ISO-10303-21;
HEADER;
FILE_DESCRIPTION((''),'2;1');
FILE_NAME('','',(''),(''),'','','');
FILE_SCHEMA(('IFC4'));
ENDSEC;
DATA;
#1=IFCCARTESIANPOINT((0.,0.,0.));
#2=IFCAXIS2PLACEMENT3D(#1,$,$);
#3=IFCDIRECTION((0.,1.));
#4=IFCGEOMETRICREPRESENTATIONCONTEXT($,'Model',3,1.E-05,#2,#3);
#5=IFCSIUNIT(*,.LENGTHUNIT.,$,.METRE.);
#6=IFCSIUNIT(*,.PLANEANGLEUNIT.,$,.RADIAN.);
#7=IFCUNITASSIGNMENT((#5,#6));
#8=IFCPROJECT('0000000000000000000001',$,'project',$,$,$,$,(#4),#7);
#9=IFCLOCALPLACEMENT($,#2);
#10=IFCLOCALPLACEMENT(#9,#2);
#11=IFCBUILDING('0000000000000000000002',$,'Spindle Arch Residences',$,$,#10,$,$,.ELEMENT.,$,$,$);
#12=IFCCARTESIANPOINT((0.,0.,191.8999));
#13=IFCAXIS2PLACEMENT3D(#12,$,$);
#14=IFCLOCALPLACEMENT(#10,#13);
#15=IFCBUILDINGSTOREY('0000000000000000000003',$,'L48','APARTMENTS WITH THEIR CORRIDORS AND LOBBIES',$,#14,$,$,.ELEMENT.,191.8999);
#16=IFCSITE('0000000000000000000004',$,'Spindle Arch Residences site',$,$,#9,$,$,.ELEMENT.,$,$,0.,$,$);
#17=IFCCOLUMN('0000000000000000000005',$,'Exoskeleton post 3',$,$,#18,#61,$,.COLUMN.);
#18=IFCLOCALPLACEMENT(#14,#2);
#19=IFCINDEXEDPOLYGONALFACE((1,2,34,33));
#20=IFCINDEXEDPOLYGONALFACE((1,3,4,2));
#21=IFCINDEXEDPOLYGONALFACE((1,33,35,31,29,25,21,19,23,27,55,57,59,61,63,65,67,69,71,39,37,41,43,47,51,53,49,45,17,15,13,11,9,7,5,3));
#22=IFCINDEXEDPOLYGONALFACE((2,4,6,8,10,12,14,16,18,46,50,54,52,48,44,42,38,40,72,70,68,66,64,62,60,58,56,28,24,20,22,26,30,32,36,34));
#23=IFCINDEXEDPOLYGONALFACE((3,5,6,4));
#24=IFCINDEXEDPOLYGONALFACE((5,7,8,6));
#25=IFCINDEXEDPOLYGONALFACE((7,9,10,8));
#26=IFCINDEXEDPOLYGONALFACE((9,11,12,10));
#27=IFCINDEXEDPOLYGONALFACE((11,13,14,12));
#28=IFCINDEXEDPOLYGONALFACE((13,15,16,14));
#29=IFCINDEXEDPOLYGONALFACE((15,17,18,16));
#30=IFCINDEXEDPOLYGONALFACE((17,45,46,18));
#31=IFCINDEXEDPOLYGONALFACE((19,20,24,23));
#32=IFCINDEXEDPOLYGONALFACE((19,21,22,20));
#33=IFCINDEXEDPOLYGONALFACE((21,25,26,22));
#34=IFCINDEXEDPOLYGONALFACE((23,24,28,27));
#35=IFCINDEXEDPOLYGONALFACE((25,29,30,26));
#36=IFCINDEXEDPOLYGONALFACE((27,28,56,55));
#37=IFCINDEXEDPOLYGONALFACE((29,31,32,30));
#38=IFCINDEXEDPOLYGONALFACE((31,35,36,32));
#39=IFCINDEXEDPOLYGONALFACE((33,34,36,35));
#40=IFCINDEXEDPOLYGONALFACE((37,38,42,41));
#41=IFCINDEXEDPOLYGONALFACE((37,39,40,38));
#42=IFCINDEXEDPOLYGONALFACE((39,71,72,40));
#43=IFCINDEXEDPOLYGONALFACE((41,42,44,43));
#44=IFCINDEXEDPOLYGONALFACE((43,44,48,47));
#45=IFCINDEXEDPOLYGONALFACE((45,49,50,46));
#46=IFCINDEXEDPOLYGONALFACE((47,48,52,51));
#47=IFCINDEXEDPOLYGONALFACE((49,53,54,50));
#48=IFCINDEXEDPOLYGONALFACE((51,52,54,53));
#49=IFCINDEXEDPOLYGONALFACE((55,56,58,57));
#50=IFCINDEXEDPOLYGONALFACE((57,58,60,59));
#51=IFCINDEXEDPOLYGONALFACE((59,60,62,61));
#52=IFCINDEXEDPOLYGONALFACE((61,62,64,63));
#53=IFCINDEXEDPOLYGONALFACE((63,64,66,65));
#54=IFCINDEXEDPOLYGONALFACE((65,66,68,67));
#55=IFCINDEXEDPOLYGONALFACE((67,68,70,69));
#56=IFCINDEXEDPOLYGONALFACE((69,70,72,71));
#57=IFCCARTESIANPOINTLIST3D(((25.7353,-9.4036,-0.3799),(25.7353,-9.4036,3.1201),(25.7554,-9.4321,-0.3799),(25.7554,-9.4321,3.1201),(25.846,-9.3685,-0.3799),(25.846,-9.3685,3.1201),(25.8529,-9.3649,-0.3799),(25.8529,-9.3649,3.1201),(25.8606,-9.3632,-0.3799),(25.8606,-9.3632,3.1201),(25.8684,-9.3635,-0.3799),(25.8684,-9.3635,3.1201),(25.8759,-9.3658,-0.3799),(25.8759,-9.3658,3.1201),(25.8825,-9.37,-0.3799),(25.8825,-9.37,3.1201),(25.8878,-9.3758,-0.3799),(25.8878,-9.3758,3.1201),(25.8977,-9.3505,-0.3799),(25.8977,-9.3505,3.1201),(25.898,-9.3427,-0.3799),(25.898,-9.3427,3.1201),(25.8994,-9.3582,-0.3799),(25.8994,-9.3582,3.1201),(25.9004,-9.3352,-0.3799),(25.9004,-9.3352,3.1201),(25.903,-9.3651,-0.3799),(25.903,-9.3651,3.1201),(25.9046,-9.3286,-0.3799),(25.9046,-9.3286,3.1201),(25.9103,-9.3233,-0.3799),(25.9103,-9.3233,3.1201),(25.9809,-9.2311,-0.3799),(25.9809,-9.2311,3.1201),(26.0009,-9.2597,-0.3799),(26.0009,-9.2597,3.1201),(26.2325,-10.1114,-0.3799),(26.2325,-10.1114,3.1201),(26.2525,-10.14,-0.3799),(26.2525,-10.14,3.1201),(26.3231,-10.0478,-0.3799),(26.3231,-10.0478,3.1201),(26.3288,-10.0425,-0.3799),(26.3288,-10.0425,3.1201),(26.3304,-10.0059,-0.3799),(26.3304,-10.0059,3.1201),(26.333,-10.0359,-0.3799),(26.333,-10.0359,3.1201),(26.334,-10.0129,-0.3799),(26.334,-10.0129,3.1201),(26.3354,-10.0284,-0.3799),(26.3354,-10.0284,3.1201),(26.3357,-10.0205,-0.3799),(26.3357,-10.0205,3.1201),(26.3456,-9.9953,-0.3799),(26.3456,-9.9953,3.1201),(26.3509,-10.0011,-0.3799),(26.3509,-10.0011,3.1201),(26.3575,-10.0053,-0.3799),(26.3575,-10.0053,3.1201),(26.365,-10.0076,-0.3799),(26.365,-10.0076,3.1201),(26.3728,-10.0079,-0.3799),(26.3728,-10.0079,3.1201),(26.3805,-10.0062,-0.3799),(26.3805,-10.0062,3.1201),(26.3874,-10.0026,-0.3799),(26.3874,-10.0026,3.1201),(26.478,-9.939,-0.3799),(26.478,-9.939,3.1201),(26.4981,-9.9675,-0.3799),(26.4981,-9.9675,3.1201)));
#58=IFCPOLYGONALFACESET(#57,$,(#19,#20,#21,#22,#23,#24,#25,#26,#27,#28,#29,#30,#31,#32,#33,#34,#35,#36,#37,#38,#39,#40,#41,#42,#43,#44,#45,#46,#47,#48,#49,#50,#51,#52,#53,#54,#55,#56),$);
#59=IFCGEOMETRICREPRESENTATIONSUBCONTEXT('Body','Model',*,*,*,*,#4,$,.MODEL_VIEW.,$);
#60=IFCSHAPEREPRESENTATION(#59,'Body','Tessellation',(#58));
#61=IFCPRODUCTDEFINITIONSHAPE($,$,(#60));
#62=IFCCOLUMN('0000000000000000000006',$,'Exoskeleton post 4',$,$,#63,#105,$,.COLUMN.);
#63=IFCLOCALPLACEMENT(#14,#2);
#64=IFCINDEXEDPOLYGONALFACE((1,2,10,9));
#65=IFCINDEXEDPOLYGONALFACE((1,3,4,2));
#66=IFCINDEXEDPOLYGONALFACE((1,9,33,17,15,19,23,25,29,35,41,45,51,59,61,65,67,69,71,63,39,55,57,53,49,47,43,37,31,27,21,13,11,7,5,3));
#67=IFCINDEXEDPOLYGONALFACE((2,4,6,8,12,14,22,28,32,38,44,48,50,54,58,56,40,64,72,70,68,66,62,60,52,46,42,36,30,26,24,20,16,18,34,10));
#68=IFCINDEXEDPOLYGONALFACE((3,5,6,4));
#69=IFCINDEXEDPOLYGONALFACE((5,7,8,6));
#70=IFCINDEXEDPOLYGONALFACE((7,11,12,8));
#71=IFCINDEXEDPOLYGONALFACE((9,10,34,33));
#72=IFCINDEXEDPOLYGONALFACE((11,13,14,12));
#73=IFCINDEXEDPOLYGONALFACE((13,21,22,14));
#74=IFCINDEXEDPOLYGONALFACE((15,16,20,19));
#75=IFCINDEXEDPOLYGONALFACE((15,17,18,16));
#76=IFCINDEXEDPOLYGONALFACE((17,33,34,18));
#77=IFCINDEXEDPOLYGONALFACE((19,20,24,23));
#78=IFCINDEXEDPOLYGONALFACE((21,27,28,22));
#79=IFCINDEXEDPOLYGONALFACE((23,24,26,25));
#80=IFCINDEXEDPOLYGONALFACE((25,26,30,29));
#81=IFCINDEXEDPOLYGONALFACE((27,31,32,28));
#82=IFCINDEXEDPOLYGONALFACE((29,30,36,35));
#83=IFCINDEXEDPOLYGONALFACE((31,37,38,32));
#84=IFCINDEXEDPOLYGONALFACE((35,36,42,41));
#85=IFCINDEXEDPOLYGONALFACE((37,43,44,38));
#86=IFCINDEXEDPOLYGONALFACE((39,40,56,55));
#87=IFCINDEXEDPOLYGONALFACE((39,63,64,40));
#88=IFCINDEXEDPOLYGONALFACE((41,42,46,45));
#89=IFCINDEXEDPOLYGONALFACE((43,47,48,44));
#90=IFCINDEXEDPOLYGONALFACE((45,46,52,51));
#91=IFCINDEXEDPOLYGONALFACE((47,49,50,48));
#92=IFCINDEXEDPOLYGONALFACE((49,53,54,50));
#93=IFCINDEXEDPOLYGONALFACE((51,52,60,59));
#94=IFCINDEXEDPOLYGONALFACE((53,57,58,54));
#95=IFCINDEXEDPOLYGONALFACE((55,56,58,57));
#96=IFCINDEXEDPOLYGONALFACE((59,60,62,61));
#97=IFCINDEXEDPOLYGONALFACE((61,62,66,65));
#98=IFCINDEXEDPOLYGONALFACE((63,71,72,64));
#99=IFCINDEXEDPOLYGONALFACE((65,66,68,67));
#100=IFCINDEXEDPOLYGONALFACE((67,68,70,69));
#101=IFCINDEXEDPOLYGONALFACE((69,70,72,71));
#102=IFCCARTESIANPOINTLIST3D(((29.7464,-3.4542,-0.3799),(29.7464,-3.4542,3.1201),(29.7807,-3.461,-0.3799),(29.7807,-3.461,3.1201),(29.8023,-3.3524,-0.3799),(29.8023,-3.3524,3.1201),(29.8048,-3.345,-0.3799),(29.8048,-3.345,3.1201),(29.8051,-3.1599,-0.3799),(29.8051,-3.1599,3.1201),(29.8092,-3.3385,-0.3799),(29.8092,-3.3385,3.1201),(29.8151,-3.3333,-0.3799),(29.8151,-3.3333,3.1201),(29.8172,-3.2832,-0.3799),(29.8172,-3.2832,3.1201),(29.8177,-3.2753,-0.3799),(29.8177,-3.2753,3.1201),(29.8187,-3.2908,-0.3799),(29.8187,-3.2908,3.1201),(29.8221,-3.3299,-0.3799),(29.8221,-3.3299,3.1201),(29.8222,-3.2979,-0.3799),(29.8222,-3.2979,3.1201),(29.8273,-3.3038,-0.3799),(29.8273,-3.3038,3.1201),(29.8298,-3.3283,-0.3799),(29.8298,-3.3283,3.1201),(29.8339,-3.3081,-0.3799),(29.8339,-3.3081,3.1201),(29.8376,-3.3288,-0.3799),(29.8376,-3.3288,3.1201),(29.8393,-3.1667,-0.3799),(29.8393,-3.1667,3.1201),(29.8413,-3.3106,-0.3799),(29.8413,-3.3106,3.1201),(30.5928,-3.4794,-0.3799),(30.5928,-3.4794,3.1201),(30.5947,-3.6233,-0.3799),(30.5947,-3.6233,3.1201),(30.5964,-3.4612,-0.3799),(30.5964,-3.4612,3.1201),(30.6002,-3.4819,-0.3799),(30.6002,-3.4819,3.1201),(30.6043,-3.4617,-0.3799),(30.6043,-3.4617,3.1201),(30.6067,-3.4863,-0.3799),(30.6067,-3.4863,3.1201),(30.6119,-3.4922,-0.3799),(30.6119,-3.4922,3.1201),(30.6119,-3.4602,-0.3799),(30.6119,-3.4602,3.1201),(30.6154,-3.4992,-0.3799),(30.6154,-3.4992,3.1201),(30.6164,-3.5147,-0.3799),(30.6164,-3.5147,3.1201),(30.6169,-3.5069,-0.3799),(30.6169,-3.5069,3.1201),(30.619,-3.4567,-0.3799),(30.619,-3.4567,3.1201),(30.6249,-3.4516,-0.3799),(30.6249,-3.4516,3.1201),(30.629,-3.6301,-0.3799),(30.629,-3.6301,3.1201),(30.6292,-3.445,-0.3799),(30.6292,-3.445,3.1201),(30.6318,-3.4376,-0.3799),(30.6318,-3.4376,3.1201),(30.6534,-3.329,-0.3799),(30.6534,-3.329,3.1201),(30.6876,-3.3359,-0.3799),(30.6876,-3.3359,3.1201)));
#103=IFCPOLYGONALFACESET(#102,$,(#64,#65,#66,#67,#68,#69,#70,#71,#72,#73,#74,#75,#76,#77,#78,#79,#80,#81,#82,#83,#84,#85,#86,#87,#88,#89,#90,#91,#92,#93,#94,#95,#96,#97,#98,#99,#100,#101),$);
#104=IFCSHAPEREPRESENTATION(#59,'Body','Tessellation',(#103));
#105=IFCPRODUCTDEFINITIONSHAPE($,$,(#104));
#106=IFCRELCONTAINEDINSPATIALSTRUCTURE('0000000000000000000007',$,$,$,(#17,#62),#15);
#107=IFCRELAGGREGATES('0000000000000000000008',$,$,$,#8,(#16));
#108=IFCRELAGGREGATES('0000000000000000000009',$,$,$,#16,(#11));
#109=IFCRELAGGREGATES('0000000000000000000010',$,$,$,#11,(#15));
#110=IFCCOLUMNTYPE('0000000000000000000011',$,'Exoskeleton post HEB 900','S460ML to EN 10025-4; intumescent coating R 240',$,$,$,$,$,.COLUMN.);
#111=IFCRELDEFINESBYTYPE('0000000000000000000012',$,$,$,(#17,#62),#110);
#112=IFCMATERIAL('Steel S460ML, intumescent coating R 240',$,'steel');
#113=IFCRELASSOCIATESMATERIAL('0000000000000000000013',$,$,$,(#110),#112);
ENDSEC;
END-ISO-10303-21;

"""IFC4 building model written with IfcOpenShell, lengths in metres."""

from ifc_helpers import new_model, si_unit, direction, frame, origin, origin_2d, place, context, subcontext, project, spatial, i_section, extrude, material, material_profile, profile_set, type_object, element, save


model = new_model("IFC4")

# Units and contexts
model_context = context("Model", 3, precision=1e-05, world=origin(), true_north=direction((0.0, 1.0)))
body_context = subcontext(model_context, "Body", "Model", "MODEL_VIEW")
ifc_project = project(units=[si_unit("LENGTHUNIT", "METRE"), si_unit("PLANEANGLEUNIT", "RADIAN")], contexts=[model_context])

# Site, building, storey
site_placement = place(None, origin())
site = spatial("IfcSite", under=ifc_project, at=site_placement, Name="Spindle Arch Residences site", CompositionType="ELEMENT", RefElevation=0.0)
building_placement = place(site_placement, origin())
building = spatial("IfcBuilding", under=site, at=building_placement, Name="Spindle Arch Residences", CompositionType="ELEMENT")
storey_placement = place(building_placement, frame((0.0, 0.0, 191.8999)))
storey = spatial("IfcBuildingStorey", under=building, at=storey_placement, Name="L48", Description="APARTMENTS WITH THEIR CORRIDORS AND LOBBIES", CompositionType="ELEMENT", Elevation=191.8999)

# Columns
ifc_material_1 = material(Name="Steel S460ML, intumescent coating R 240", Category="steel")
ifc_material_profile_1 = material_profile(ifc_material_1, i_section(OverallWidth=0.3, OverallDepth=0.8999, WebThickness=0.0186, FlangeThickness=0.0349, FilletRadius=0.03, at=origin_2d()), Name="HEB 900")
ifc_profile_set_1 = profile_set([ifc_material_profile_1], Name="Steel S460ML, intumescent coating R 240")
column_type_1 = type_object("IfcColumnType", Name="Exoskeleton post HEB 900", Description="S460ML to EN 10025-4; intumescent coating R 240", PredefinedType="COLUMN", material=ifc_profile_set_1)
for number, where, z_axis, x_axis, name in (
    (1, (26.1167, -9.6855, -0.3799), (0.0, 0.0, 1.0), (-0.818345, -0.574727, 0.0), "Exoskeleton post 3"),
    (2, (30.217, -3.395, -0.3799), (0.0, 0.0, 1.0), (-0.195505, -0.980703, 0.0), "Exoskeleton post 4"),
):
    element("IfcColumn", number, at=place(storey_placement, frame(where, z_axis=z_axis, x_axis=x_axis)), inside=storey, type_object=column_type_1, Name=name, PredefinedType="COLUMN", context=body_context, shape_type="SweptSolid", body=[
        extrude(i_section(OverallWidth=0.3, OverallDepth=0.8999, WebThickness=0.0186, FlangeThickness=0.0349, FilletRadius=0.03, at=origin_2d()), origin(), (0.0, 0.0, 1.0), 3.5),
    ])

save(model, "model.ifc")
